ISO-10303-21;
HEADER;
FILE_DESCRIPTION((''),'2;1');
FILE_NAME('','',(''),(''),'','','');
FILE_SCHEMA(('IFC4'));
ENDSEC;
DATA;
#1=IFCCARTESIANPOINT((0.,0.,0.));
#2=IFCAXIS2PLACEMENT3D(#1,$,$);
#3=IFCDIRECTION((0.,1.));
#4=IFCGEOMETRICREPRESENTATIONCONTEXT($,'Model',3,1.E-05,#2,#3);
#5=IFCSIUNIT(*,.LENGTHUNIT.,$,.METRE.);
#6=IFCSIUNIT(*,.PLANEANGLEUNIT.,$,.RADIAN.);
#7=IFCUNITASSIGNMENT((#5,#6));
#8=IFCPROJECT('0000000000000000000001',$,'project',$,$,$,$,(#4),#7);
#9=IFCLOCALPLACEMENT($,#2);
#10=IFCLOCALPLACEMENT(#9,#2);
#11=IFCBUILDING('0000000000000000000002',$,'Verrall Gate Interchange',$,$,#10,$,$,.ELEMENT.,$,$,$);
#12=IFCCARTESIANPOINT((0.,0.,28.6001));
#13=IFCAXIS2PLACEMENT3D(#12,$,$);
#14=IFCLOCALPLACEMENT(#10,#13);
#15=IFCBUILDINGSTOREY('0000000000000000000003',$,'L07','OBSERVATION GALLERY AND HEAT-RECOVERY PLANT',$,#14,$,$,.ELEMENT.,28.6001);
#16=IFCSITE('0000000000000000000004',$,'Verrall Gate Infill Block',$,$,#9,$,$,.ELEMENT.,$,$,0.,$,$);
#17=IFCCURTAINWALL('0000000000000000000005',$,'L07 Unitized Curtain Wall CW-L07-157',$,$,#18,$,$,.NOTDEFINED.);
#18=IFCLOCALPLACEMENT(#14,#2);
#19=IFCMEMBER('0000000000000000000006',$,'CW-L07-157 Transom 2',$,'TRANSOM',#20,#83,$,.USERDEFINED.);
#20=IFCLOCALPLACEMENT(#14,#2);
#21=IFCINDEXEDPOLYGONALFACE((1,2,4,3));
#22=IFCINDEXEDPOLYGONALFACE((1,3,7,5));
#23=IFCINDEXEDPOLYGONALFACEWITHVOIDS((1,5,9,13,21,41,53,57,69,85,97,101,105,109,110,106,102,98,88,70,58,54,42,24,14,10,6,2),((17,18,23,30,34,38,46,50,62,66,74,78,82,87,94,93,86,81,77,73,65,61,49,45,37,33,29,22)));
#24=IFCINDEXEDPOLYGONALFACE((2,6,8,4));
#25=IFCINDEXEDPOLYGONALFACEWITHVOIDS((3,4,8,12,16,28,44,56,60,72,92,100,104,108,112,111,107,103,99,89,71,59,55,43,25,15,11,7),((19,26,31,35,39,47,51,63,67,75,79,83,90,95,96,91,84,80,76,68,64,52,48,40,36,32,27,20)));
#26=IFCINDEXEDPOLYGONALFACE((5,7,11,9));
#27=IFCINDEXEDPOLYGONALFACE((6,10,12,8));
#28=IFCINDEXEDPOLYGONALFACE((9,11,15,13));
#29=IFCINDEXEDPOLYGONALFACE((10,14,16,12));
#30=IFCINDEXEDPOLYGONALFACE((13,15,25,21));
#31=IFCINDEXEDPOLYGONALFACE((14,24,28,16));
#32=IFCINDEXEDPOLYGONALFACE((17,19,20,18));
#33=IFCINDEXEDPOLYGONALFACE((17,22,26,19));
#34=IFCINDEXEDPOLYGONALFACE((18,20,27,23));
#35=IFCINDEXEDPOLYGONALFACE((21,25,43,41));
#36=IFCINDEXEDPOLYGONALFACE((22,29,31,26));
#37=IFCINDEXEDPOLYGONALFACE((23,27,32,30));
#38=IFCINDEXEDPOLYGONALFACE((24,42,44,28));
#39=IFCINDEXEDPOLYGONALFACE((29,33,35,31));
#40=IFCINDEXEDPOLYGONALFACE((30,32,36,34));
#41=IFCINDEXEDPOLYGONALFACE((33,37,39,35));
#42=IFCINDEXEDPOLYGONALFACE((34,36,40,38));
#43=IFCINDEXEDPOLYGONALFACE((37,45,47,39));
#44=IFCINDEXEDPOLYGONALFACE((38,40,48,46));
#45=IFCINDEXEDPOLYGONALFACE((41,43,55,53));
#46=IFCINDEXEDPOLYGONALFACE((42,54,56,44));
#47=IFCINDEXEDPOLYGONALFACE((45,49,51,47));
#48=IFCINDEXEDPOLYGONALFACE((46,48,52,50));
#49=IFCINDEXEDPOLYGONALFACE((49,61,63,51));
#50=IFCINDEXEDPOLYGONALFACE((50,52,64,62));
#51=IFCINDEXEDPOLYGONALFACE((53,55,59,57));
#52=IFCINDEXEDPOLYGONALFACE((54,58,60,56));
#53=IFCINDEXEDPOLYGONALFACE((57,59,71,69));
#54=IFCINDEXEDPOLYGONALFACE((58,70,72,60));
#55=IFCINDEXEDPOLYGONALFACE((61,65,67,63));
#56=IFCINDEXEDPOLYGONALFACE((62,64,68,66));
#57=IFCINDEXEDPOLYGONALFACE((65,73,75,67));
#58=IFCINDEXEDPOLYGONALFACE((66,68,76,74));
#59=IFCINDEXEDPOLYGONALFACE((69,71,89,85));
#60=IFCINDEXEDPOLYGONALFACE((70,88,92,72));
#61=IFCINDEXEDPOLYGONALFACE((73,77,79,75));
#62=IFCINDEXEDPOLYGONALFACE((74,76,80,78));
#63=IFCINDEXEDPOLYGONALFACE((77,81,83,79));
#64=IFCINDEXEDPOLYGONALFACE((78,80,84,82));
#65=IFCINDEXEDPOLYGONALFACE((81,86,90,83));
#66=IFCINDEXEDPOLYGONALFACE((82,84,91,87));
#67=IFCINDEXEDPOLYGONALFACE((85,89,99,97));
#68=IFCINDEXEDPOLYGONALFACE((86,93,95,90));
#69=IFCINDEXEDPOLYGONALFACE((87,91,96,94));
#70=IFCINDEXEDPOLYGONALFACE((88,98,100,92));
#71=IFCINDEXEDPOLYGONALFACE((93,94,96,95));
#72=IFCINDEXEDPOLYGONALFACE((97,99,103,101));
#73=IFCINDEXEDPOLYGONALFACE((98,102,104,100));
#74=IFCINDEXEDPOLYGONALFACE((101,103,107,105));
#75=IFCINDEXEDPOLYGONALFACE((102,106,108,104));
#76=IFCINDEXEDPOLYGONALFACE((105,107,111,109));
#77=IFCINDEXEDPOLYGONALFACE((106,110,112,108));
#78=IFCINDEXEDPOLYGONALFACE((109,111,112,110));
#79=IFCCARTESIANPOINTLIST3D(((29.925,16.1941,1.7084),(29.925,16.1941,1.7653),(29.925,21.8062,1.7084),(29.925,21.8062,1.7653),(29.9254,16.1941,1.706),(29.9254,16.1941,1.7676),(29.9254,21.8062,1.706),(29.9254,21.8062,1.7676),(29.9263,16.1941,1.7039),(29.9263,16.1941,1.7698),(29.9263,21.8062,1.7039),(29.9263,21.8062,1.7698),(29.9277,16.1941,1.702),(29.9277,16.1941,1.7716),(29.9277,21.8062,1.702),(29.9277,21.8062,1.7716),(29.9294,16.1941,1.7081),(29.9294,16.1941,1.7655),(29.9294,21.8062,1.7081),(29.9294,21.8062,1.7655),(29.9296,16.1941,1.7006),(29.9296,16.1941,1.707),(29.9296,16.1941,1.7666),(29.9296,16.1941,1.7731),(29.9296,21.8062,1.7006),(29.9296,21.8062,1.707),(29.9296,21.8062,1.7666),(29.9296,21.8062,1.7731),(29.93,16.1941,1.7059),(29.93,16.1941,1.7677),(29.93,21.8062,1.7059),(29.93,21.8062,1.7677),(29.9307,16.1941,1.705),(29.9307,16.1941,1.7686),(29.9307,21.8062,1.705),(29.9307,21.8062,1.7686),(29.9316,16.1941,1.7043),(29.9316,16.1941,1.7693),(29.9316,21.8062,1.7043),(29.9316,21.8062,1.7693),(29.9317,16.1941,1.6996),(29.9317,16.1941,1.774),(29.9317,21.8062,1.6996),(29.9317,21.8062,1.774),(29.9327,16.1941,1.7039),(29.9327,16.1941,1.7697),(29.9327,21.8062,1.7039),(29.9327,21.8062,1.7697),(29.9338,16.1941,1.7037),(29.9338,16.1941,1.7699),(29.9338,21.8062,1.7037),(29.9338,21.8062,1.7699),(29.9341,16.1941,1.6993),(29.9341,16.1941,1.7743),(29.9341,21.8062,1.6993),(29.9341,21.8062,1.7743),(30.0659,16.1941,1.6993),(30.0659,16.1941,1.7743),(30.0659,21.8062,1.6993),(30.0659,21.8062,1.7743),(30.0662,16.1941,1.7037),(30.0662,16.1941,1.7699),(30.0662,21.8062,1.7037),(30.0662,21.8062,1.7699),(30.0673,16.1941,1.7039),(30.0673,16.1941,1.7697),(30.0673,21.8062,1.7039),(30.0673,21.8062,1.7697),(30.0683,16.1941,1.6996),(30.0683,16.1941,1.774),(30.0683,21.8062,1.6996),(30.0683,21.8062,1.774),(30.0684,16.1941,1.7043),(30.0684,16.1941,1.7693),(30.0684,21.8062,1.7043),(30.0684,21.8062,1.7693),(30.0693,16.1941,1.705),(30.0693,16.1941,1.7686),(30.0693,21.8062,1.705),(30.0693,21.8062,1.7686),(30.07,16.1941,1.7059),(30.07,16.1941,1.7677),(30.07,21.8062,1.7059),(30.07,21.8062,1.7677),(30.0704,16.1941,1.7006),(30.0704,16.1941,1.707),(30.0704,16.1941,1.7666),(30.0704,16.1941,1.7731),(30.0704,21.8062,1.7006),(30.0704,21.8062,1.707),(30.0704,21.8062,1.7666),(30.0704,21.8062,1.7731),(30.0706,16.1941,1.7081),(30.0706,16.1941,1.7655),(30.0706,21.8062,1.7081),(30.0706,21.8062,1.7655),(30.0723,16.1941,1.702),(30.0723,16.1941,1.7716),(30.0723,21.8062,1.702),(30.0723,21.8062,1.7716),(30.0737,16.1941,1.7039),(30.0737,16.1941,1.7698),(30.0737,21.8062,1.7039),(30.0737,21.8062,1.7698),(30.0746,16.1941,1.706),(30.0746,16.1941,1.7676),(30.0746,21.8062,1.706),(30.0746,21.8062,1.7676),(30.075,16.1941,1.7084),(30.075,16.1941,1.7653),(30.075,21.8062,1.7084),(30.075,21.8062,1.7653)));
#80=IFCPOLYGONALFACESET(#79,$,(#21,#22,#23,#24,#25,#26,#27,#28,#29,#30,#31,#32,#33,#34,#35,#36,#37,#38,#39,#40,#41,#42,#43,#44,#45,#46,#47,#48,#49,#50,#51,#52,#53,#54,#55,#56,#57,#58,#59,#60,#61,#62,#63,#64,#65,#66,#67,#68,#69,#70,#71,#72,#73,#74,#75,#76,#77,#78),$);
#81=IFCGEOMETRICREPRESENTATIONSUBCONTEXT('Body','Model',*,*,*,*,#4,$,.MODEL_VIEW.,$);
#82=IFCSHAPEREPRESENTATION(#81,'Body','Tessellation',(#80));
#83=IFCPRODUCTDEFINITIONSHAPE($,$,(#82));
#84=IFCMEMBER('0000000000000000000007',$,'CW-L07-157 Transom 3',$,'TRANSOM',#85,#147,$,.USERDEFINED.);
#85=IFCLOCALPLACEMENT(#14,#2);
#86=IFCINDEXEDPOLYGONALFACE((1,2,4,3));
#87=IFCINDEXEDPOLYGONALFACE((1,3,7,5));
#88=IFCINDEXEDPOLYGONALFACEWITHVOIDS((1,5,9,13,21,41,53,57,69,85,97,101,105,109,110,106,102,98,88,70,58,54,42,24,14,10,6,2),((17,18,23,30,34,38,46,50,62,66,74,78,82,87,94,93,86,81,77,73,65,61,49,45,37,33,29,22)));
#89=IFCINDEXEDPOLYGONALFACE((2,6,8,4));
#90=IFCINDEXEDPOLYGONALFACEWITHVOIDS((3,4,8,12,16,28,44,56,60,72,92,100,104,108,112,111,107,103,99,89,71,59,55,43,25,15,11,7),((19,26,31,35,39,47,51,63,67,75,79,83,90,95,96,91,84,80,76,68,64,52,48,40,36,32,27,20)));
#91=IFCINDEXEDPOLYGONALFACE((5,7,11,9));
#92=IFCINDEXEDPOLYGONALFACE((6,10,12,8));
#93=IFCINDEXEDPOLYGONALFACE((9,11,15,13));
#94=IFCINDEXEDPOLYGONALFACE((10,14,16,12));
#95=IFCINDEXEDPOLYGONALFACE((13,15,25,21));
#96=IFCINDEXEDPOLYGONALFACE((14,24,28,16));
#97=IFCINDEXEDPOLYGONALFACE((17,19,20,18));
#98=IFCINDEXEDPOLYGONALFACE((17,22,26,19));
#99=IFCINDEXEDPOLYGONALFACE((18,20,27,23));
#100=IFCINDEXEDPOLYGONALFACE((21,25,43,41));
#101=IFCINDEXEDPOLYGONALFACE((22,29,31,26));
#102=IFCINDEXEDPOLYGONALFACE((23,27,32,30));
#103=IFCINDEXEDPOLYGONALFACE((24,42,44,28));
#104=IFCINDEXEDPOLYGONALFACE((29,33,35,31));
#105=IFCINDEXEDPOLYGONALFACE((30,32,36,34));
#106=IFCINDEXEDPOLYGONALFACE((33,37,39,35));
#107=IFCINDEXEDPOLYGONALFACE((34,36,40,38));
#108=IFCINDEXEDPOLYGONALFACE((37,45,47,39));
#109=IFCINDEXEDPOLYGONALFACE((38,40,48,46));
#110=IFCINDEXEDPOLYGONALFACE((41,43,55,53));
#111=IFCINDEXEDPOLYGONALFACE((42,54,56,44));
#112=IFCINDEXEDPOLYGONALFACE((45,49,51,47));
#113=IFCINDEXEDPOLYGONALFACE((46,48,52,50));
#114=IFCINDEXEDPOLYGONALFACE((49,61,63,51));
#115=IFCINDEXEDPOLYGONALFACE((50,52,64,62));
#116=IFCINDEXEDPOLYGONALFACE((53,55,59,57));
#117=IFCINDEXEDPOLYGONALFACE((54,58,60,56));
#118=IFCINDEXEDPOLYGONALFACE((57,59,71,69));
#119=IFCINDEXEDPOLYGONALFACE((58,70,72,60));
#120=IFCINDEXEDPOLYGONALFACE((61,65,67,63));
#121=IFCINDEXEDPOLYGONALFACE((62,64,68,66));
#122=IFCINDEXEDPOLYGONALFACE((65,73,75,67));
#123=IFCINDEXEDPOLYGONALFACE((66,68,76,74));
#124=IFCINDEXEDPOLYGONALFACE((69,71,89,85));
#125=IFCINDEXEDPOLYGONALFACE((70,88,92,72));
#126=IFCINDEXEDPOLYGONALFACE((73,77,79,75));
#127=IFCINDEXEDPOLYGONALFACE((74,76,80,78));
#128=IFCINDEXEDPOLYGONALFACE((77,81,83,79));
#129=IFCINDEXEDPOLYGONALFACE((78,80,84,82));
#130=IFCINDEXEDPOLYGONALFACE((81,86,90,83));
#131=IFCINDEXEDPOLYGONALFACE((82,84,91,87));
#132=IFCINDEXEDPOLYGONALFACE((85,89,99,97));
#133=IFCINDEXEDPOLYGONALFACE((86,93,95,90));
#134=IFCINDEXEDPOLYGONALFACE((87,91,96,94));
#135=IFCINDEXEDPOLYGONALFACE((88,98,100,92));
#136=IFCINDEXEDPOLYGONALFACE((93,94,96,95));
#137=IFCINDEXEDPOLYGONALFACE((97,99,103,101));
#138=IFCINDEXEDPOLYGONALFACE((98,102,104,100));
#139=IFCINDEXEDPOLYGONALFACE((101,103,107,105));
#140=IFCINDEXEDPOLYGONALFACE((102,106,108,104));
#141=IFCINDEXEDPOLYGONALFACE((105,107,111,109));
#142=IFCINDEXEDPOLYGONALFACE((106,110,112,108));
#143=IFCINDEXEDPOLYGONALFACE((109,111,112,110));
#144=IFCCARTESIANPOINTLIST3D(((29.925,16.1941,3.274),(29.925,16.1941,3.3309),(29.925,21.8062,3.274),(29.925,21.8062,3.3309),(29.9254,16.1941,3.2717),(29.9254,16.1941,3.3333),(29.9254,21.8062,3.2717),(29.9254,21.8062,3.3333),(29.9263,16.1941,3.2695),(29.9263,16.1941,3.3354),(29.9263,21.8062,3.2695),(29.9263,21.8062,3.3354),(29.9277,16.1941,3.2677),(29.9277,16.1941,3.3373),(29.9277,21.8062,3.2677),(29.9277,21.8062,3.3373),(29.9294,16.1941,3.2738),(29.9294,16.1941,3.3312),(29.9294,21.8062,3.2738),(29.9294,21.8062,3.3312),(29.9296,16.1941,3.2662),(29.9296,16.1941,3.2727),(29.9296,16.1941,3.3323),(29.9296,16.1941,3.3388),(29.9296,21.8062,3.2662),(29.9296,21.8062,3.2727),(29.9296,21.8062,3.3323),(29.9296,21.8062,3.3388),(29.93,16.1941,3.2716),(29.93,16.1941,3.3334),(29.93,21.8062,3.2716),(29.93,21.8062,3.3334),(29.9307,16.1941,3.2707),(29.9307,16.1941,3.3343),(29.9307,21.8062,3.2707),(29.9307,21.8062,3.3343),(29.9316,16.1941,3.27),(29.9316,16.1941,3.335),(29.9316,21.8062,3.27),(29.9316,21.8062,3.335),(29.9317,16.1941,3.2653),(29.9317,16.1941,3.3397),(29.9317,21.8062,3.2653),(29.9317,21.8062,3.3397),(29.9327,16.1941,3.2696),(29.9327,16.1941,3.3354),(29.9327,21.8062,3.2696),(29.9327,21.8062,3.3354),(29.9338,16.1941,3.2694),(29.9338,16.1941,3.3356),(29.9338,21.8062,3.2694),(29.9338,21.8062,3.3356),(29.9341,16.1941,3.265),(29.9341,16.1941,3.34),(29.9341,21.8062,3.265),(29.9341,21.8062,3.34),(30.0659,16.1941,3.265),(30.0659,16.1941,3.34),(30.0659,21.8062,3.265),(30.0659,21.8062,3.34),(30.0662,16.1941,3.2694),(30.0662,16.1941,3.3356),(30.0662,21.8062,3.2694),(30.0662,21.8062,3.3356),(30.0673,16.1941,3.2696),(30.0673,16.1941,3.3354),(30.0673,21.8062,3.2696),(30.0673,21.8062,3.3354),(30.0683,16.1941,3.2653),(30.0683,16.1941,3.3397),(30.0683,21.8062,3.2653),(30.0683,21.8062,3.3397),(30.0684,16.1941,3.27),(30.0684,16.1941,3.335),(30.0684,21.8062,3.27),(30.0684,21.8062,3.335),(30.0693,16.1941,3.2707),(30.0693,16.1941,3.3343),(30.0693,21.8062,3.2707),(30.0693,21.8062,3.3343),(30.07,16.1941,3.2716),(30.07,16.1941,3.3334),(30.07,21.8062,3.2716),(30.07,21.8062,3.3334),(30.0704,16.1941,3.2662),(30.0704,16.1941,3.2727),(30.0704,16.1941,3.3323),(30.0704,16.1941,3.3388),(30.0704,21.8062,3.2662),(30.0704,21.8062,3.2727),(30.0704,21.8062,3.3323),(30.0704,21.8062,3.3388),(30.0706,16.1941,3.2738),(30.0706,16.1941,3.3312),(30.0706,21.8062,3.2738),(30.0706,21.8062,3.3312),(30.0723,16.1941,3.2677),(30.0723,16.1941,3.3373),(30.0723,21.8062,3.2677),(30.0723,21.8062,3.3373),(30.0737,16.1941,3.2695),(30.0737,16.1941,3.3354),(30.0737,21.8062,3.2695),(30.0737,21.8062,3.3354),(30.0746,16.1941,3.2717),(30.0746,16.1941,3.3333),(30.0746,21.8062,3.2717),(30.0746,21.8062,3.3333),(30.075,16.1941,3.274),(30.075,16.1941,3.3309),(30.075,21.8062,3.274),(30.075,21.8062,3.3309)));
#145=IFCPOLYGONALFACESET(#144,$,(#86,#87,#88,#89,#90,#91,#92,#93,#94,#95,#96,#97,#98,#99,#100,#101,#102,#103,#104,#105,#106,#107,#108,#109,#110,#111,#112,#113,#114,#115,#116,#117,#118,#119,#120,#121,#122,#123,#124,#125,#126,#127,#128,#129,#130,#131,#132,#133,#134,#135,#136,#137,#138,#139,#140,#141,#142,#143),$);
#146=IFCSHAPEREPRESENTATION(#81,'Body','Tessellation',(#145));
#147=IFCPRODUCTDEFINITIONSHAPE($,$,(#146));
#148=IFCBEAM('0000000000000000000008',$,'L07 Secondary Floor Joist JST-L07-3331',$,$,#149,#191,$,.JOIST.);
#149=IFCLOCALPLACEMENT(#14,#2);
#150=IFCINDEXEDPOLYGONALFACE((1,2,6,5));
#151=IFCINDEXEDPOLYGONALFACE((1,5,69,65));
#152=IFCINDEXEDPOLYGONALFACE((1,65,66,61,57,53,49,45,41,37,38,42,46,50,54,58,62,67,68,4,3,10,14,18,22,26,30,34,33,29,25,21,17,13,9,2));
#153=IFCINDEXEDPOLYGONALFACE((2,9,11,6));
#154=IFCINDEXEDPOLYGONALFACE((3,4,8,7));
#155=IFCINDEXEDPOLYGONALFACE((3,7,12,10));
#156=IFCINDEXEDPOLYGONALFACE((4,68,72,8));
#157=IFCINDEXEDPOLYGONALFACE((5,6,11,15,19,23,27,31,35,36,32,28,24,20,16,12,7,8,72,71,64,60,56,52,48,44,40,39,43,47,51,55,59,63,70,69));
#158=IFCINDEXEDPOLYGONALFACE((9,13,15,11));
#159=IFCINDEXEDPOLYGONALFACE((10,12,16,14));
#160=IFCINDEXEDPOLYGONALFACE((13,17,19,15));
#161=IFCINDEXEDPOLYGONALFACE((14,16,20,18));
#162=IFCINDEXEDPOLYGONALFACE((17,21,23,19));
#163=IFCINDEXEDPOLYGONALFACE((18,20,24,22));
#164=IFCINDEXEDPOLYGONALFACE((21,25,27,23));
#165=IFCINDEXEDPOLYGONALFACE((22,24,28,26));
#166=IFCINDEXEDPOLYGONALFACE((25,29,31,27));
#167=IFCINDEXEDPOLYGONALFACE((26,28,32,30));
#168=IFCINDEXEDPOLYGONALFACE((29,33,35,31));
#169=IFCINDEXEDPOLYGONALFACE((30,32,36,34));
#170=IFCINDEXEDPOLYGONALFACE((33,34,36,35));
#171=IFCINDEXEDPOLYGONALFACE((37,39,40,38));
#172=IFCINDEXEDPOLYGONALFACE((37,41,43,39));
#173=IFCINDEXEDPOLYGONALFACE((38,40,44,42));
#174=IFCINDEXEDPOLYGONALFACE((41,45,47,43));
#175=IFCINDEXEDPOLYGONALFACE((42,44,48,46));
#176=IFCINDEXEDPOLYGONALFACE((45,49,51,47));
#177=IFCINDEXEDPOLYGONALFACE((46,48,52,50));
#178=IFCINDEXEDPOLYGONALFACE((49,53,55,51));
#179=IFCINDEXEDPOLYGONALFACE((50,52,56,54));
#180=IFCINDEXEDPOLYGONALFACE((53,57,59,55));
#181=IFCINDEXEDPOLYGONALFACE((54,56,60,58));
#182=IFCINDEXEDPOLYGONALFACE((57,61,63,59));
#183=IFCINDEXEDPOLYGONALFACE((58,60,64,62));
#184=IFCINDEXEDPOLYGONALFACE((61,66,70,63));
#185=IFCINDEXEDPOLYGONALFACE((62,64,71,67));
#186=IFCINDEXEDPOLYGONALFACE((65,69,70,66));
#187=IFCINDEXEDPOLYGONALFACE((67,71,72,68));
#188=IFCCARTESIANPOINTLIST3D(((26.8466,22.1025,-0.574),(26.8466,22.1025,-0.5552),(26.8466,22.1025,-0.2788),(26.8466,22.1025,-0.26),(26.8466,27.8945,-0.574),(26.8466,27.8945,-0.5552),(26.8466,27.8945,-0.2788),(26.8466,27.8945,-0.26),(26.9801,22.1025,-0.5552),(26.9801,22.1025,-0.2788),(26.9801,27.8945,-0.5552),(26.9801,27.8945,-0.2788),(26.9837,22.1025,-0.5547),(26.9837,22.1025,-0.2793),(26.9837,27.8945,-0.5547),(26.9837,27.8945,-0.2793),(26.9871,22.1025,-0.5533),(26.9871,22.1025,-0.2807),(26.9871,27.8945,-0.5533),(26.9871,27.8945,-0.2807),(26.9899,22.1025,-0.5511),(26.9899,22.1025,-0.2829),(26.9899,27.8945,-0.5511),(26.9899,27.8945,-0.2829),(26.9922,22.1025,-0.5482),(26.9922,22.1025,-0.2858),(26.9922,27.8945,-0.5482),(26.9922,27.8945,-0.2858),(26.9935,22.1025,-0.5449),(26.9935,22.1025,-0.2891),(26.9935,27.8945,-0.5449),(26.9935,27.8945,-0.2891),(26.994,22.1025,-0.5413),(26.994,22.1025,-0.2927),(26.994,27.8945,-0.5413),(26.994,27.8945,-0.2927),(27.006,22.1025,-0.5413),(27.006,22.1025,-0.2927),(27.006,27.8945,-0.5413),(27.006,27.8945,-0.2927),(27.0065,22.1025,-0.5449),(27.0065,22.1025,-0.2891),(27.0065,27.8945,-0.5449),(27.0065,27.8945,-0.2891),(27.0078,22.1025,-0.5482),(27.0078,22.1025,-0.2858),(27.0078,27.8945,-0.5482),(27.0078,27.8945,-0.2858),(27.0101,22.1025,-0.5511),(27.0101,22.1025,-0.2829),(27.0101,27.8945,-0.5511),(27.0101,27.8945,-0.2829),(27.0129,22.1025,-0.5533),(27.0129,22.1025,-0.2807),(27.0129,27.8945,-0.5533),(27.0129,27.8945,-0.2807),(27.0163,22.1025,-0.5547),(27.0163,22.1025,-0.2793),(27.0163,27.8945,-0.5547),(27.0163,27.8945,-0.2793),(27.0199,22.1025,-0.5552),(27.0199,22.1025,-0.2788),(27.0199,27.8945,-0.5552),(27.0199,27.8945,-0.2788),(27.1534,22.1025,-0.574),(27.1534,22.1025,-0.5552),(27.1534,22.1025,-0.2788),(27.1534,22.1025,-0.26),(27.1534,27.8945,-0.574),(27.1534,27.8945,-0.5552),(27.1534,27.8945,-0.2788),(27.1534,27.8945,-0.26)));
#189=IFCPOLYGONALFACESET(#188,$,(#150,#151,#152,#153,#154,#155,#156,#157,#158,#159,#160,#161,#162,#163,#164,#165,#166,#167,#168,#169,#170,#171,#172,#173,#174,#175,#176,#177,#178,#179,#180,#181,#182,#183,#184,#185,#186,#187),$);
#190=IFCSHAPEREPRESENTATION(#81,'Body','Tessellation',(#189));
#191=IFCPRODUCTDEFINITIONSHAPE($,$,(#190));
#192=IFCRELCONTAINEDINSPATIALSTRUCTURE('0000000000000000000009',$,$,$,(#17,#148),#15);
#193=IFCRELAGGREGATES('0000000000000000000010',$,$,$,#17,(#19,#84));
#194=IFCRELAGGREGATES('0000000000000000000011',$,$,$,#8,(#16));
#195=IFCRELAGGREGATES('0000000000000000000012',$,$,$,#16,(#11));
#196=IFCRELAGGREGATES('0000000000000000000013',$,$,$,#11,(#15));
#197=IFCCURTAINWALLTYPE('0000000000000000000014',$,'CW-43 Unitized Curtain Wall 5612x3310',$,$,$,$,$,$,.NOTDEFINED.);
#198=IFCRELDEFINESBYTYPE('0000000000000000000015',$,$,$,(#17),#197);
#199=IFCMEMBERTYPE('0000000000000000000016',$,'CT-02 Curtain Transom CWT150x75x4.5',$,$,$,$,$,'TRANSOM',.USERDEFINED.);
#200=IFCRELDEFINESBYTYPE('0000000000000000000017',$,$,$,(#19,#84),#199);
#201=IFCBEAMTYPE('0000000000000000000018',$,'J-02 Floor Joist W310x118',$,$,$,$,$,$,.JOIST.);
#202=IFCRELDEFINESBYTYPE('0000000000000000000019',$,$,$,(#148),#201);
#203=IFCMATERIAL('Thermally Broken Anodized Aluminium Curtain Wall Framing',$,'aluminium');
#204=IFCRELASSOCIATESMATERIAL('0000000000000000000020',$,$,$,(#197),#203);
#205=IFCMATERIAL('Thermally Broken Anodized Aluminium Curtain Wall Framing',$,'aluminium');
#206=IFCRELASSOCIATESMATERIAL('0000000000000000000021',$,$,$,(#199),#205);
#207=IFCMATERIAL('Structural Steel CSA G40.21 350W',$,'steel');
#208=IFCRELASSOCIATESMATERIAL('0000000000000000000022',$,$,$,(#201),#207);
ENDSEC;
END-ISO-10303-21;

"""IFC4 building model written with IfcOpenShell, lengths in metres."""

from ifc_helpers import new_model, si_unit, direction, frame, origin, origin_2d, place, context, subcontext, project, spatial, hollow_rectangle, i_section, extrude, material, material_profile, profile_set, type_object, element, aggregate, save


model = new_model("IFC4")

# Units and contexts
model_context = context("Model", 3, precision=1e-05, world=origin(), true_north=direction((0.0, 1.0)))
body_context = subcontext(model_context, "Body", "Model", "MODEL_VIEW")
ifc_project = project(units=[si_unit("LENGTHUNIT", "METRE"), si_unit("PLANEANGLEUNIT", "RADIAN")], contexts=[model_context])

# Site, building, storey
site_placement = place(None, origin())
site = spatial("IfcSite", under=ifc_project, at=site_placement, Name="Verrall Gate Infill Block", CompositionType="ELEMENT", RefElevation=0.0)
building_placement = place(site_placement, origin())
building = spatial("IfcBuilding", under=site, at=building_placement, Name="Verrall Gate Interchange", CompositionType="ELEMENT")
storey_placement = place(building_placement, frame((0.0, 0.0, 28.6001)))
storey = spatial("IfcBuildingStorey", under=building, at=storey_placement, Name="L07", Description="OBSERVATION GALLERY AND HEAT-RECOVERY PLANT", CompositionType="ELEMENT", Elevation=28.6001)

# Curtain wall, members
ifc_material_1 = material(Name="Thermally Broken Anodized Aluminium Curtain Wall Framing", Category="aluminium")
curtain_wall_type_1 = type_object("IfcCurtainWallType", Name="CW-43 Unitized Curtain Wall 5612x3310", PredefinedType="NOTDEFINED", material=ifc_material_1)
curtain_wall_1_placement = place(storey_placement, origin())
curtain_wall_1 = element("IfcCurtainWall", 1, at=curtain_wall_1_placement, inside=storey, type_object=curtain_wall_type_1, Name="L07 Unitized Curtain Wall CW-L07-157", PredefinedType="NOTDEFINED")
ifc_material_2 = material(Name="Thermally Broken Anodized Aluminium Curtain Wall Framing", Category="aluminium")
ifc_material_profile_1 = material_profile(ifc_material_2, hollow_rectangle(XDim=0.1499, YDim=0.075, WallThickness=0.0044, InnerFilletRadius=0.0044, OuterFilletRadius=0.009, at=origin_2d()), Name="CWT150x75x4.5")
ifc_profile_set_1 = profile_set([ifc_material_profile_1], Name="Thermally Broken Anodized Aluminium Curtain Wall Framing")
member_type_1 = type_object("IfcMemberType", Name="CT-02 Curtain Transom CWT150x75x4.5", ElementType="TRANSOM", PredefinedType="USERDEFINED", material=ifc_profile_set_1)
member_1_placement = place(storey_placement, frame((30.0, 16.1941, 1.7368), z_axis=(0.0, 1.0, 0.0), x_axis=(-1.0, 0.0, 0.0)))
member_1 = element("IfcMember", 2, at=member_1_placement, type_object=member_type_1, Name="CW-L07-157 Transom 2", ObjectType="TRANSOM", PredefinedType="USERDEFINED", context=body_context, shape_type="SweptSolid", body=[
    extrude(hollow_rectangle(XDim=0.1499, YDim=0.075, WallThickness=0.0044, InnerFilletRadius=0.0044, OuterFilletRadius=0.009, at=origin_2d()), origin(), (0.0, 0.0, 1.0), 5.6121),
])
member_2_placement = place(storey_placement, frame((30.0, 16.1941, 3.3025), z_axis=(0.0, 1.0, 0.0), x_axis=(-1.0, 0.0, 0.0)))
member_2 = element("IfcMember", 3, at=member_2_placement, type_object=member_type_1, Name="CW-L07-157 Transom 3", ObjectType="TRANSOM", PredefinedType="USERDEFINED", context=body_context, shape_type="SweptSolid", body=[
    extrude(hollow_rectangle(XDim=0.1499, YDim=0.075, WallThickness=0.0044, InnerFilletRadius=0.0044, OuterFilletRadius=0.009, at=origin_2d()), origin(), (0.0, 0.0, 1.0), 5.6121),
])

# Beam
ifc_material_3 = material(Name="Structural Steel CSA G40.21 350W", Category="steel")
ifc_material_profile_2 = material_profile(ifc_material_3, i_section(OverallWidth=0.3069, OverallDepth=0.314, WebThickness=0.012, FlangeThickness=0.0188, FilletRadius=0.0139, at=origin_2d()), Name="W310x118")
ifc_profile_set_2 = profile_set([ifc_material_profile_2], Name="Structural Steel CSA G40.21 350W")
beam_type_1 = type_object("IfcBeamType", Name="J-02 Floor Joist W310x118", PredefinedType="JOIST", material=ifc_profile_set_2)
beam_1_placement = place(storey_placement, frame((27.0, 22.1025, -0.417), z_axis=(0.0, 1.0, 0.0), x_axis=(-1.0, 0.0, 0.0)))
element("IfcBeam", 4, at=beam_1_placement, inside=storey, type_object=beam_type_1, Name="L07 Secondary Floor Joist JST-L07-3331", PredefinedType="JOIST", context=body_context, shape_type="SweptSolid", body=[
    extrude(i_section(OverallWidth=0.3069, OverallDepth=0.314, WebThickness=0.012, FlangeThickness=0.0188, FilletRadius=0.0139, at=origin_2d()), origin(), (0.0, 0.0, 1.0), 5.792),
])

aggregate(curtain_wall_1, [member_1, member_2])

save(model, "model.ifc")
